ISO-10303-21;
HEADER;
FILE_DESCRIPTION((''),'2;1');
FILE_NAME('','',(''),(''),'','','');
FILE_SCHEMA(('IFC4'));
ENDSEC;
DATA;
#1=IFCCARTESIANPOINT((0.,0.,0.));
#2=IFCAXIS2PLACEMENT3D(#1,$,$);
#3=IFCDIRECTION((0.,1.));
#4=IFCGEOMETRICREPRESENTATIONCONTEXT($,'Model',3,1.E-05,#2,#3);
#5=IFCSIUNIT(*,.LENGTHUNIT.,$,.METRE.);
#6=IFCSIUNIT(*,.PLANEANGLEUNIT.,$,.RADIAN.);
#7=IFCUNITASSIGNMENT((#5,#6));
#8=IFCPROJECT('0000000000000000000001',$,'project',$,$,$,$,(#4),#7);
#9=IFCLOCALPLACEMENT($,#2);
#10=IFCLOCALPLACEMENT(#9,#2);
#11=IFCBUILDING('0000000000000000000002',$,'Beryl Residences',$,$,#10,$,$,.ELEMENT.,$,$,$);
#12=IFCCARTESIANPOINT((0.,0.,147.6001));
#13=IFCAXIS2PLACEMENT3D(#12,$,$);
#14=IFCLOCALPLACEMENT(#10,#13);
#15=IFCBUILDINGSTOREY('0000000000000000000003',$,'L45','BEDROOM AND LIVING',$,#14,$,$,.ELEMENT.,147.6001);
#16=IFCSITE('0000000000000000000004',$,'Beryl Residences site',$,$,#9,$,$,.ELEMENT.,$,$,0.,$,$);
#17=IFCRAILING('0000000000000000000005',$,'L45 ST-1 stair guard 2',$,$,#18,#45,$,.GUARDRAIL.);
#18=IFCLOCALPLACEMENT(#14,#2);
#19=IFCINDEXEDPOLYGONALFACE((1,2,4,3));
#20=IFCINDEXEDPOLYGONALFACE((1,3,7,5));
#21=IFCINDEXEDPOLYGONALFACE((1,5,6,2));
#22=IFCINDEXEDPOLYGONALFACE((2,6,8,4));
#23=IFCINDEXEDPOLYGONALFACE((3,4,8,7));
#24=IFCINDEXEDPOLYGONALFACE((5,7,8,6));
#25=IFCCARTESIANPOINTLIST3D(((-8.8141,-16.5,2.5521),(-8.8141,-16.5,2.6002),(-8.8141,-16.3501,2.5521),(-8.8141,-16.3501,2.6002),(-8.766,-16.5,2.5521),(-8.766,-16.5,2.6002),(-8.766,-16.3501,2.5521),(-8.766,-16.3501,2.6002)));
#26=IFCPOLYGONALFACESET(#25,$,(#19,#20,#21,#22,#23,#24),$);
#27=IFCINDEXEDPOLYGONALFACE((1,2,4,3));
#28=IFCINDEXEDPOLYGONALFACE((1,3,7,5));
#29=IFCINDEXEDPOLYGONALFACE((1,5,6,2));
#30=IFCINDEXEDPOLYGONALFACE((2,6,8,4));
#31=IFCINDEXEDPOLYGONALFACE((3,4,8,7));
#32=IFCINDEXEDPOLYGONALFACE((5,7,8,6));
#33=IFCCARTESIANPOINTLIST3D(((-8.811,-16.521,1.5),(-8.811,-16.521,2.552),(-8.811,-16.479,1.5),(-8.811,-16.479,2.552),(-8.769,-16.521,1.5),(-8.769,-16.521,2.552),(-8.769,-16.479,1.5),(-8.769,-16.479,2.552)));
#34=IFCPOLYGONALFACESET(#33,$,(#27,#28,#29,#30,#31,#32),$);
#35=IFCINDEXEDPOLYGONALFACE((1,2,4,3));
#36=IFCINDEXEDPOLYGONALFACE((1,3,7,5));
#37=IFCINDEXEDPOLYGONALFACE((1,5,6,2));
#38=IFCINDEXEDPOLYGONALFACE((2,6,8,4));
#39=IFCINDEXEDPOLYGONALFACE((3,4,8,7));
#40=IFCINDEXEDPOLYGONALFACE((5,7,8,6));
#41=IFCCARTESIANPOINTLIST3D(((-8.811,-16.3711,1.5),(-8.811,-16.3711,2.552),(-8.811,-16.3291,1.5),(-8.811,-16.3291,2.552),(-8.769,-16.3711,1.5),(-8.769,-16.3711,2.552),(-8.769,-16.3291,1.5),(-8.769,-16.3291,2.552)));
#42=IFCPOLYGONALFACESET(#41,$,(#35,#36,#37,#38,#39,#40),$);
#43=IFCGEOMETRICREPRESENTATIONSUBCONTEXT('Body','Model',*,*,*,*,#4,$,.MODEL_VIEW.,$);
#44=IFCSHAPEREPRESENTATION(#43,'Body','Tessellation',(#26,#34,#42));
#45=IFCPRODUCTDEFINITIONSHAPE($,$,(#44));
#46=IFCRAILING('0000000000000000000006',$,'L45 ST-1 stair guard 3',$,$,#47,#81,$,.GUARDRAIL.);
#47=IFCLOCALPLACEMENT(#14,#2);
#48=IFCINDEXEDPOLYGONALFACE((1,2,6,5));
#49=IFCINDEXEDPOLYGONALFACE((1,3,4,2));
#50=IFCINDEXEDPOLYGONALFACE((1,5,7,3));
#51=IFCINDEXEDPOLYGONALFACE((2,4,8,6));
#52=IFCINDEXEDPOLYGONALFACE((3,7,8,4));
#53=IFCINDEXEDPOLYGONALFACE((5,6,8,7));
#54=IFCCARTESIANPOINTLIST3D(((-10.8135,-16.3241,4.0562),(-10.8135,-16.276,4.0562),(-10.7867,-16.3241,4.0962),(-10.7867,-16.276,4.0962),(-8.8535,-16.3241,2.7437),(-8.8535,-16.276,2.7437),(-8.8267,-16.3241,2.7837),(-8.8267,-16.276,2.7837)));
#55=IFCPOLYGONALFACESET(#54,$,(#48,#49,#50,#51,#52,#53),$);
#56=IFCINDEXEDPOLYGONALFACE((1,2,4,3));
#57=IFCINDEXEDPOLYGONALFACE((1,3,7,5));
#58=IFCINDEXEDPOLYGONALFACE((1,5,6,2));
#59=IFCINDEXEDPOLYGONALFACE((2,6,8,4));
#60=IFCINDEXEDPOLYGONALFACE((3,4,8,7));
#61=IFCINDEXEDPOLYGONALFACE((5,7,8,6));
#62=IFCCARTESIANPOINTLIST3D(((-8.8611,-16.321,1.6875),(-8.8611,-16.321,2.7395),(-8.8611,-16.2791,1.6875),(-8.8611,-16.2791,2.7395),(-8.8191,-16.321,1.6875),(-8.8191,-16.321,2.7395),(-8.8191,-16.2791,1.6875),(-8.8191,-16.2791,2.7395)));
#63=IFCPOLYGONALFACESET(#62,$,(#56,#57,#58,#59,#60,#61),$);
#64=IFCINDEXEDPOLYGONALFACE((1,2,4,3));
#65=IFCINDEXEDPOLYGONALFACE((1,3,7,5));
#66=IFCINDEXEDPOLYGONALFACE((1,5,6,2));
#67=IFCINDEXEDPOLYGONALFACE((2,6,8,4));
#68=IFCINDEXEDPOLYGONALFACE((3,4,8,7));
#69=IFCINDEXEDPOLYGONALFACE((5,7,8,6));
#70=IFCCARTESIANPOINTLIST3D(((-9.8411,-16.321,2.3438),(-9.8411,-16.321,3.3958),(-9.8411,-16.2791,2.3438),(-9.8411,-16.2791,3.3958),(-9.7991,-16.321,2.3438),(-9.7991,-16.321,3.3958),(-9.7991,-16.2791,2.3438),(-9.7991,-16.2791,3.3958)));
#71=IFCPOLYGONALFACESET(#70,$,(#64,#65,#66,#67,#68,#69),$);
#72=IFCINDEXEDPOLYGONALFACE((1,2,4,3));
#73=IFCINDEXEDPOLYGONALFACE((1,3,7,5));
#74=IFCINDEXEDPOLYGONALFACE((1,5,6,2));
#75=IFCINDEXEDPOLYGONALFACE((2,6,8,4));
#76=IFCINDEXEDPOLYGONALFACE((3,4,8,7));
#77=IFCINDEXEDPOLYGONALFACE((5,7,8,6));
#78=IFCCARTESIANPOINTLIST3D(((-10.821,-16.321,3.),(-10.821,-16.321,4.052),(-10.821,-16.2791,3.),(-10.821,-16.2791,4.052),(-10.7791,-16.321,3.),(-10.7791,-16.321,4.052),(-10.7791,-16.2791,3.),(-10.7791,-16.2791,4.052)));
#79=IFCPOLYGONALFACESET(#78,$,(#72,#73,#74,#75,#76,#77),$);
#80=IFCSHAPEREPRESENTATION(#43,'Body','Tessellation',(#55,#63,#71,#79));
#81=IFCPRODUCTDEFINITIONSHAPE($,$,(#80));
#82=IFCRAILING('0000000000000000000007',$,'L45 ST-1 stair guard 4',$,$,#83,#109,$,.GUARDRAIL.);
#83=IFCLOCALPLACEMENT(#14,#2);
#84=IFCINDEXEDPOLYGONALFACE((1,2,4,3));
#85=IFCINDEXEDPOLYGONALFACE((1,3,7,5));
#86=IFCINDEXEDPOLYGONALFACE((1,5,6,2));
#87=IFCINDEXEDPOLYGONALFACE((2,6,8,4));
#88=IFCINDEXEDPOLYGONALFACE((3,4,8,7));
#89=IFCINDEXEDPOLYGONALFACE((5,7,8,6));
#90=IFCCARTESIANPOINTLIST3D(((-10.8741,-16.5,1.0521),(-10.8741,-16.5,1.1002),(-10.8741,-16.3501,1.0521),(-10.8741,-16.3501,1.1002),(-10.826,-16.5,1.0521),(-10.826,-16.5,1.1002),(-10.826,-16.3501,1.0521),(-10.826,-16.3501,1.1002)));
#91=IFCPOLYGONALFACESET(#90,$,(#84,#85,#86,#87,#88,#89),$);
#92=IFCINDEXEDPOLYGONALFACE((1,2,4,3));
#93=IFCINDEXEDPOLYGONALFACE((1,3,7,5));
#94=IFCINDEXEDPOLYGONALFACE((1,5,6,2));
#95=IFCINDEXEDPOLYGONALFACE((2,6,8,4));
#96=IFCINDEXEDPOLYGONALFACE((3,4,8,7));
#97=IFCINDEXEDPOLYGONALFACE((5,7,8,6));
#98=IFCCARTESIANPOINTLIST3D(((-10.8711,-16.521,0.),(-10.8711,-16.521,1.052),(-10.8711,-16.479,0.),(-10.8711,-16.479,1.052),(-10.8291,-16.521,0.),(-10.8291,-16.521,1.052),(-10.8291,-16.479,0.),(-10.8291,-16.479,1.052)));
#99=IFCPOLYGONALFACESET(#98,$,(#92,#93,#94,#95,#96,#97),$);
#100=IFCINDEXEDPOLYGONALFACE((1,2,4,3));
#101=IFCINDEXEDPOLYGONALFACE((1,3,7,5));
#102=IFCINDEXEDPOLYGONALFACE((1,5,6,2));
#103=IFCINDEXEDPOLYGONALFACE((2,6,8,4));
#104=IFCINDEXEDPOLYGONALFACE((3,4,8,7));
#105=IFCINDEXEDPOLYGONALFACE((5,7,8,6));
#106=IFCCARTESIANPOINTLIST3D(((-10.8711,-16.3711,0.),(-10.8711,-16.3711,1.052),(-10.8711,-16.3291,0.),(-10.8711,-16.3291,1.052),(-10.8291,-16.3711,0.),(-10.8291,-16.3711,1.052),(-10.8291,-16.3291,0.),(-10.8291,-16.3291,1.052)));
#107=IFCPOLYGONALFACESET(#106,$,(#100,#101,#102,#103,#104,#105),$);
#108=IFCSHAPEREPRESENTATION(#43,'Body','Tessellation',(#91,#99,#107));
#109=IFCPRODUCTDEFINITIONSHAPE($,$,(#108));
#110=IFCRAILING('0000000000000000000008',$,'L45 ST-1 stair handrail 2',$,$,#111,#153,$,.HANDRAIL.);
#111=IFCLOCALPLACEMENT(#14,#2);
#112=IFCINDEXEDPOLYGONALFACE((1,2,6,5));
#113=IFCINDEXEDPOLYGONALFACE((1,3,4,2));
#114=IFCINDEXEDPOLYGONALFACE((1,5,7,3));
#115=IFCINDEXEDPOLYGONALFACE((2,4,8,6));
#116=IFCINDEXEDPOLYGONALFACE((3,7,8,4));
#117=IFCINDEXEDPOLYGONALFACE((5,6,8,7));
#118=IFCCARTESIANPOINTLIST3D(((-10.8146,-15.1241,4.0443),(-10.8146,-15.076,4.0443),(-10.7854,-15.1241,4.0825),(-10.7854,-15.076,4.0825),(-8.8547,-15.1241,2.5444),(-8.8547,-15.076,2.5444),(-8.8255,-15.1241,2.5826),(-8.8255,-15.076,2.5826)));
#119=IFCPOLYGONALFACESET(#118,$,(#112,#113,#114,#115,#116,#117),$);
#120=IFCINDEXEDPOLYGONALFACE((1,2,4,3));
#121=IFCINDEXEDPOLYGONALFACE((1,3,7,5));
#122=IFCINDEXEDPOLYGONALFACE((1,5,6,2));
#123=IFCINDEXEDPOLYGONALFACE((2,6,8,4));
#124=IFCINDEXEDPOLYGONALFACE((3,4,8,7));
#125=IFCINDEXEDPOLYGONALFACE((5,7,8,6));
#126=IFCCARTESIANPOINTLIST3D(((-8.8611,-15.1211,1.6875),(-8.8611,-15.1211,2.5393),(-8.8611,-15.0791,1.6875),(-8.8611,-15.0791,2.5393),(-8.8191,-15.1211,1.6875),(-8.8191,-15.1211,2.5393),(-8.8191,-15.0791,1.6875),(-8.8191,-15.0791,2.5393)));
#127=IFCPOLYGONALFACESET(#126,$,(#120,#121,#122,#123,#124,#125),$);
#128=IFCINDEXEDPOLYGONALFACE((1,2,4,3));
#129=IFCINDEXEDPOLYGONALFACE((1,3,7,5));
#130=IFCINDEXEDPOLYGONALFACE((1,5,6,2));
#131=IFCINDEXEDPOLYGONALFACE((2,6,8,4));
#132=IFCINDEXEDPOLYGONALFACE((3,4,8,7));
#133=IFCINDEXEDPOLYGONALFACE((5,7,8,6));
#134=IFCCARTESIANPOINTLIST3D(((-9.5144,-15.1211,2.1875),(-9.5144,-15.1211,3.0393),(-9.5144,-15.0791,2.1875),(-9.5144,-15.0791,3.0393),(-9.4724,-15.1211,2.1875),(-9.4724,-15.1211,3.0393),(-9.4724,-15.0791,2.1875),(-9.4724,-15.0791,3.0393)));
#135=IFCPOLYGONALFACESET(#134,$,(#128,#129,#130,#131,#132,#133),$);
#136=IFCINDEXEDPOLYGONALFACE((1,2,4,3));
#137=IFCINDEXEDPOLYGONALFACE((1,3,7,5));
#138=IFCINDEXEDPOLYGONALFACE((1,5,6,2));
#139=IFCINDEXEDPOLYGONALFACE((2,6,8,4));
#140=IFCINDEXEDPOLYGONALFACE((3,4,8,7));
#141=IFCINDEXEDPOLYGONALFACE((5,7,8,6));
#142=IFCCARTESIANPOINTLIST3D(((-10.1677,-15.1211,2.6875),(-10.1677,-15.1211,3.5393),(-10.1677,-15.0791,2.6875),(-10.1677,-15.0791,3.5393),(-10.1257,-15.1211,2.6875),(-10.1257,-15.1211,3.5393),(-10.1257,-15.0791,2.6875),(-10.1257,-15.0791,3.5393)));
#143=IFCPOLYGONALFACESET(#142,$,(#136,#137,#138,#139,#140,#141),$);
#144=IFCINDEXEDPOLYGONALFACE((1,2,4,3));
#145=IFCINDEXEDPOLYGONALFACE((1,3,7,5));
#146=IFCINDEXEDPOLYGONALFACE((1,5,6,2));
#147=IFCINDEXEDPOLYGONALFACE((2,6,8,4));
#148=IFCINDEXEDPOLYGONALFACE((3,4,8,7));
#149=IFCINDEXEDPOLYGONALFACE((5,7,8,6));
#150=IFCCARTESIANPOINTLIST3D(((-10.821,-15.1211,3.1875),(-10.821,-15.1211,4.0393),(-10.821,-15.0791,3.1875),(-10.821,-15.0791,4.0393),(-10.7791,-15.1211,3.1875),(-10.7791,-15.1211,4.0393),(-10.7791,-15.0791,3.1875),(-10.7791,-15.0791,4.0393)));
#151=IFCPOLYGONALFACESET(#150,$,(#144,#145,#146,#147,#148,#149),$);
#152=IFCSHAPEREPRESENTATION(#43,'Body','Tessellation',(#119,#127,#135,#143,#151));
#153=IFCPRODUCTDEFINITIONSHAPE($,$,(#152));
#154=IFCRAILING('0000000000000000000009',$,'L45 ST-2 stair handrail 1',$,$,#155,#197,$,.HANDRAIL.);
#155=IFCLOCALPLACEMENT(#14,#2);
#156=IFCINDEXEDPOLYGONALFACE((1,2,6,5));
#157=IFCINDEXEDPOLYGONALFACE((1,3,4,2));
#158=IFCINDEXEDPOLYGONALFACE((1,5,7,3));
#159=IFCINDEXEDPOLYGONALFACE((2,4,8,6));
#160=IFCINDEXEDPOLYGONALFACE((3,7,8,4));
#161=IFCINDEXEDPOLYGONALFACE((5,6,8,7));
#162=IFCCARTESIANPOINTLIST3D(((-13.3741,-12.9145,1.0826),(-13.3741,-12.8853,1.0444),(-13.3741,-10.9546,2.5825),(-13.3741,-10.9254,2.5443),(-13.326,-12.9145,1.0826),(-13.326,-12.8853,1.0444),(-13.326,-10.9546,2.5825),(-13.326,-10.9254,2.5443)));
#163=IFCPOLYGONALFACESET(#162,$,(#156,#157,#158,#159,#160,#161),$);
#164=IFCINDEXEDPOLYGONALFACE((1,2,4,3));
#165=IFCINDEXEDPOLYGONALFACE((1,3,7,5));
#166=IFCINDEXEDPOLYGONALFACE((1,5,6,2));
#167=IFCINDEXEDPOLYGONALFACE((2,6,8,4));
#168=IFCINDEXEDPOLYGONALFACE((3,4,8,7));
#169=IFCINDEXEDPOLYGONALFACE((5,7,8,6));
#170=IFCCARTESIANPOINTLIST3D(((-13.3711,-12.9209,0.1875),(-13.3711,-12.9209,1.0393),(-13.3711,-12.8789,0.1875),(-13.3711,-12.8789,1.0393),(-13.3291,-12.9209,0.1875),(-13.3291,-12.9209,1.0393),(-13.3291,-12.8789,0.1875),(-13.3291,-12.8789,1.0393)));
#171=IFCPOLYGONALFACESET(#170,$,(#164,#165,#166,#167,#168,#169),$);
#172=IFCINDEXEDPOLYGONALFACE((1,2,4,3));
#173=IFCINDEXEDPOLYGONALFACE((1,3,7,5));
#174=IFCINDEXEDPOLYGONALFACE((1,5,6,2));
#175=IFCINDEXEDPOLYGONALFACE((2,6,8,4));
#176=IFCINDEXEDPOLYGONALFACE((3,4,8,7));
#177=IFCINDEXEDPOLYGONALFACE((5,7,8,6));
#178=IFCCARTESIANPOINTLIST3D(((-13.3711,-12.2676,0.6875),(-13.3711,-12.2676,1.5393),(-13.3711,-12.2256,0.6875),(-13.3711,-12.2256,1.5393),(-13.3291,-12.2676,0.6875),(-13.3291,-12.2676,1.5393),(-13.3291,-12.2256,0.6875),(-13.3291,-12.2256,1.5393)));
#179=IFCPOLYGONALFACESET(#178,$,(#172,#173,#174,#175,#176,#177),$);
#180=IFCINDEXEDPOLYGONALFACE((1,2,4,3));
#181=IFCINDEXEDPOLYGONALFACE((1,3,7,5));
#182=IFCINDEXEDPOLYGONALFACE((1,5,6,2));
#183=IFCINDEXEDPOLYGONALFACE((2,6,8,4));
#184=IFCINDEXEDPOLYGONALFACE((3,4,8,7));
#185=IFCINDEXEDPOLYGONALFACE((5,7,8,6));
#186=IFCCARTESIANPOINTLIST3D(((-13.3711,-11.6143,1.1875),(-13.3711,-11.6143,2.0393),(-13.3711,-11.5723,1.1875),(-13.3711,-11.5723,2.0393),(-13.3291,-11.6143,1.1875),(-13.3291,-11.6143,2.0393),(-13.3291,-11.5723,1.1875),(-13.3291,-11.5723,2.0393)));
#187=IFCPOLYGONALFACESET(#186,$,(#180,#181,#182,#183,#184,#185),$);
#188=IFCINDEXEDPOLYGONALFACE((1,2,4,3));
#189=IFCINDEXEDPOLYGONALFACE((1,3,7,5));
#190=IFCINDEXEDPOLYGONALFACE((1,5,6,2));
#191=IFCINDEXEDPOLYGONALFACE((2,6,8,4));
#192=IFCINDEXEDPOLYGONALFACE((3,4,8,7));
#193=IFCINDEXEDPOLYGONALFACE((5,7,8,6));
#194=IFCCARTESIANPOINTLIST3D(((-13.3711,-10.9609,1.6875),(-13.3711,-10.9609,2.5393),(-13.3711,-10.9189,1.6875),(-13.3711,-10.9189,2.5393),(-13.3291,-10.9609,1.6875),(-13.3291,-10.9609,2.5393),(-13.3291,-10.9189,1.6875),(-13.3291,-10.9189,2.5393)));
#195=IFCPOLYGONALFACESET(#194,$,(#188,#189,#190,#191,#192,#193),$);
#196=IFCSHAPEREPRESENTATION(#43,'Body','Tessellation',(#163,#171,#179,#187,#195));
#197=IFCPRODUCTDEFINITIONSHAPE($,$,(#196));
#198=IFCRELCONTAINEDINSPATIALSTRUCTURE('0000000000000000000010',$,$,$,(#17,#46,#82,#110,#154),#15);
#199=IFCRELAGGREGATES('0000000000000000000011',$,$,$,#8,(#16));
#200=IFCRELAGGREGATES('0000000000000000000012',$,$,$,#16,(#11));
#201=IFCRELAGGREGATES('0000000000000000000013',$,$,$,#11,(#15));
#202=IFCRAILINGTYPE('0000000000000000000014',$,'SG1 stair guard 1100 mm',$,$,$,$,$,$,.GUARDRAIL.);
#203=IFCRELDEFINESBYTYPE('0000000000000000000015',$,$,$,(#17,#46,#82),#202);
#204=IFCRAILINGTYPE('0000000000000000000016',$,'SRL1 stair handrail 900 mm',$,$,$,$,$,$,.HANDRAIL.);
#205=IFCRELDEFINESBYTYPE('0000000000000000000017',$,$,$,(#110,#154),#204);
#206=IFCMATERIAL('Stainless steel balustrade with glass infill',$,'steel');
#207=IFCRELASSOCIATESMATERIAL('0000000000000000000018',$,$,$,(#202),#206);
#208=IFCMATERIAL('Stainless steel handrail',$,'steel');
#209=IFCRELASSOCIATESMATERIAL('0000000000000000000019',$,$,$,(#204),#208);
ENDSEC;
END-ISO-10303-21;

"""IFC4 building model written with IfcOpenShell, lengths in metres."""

from ifc_helpers import new_model, si_unit, direction, frame, origin, origin_2d, place, context, subcontext, project, spatial, rectangle, extrude, material, type_object, element, save


model = new_model("IFC4")

# Units and contexts
model_context = context("Model", 3, precision=1e-05, world=origin(), true_north=direction((0.0, 1.0)))
body_context = subcontext(model_context, "Body", "Model", "MODEL_VIEW")
ifc_project = project(units=[si_unit("LENGTHUNIT", "METRE"), si_unit("PLANEANGLEUNIT", "RADIAN")], contexts=[model_context])

# Site, building, storey
site_placement = place(None, origin())
site = spatial("IfcSite", under=ifc_project, at=site_placement, Name="Beryl Residences site", CompositionType="ELEMENT", RefElevation=0.0)
building_placement = place(site_placement, origin())
building = spatial("IfcBuilding", under=site, at=building_placement, Name="Beryl Residences", CompositionType="ELEMENT")
storey_placement = place(building_placement, frame((0.0, 0.0, 147.6001)))
storey = spatial("IfcBuildingStorey", under=building, at=storey_placement, Name="L45", Description="BEDROOM AND LIVING", CompositionType="ELEMENT", Elevation=147.6001)

# Railings
ifc_material_1 = material(Name="Stainless steel balustrade with glass infill", Category="steel")
railing_type_1 = type_object("IfcRailingType", Name="SG1 stair guard 1100 mm", PredefinedType="GUARDRAIL", material=ifc_material_1)
railing_1_placement = place(storey_placement, frame((-8.79, -16.5, 1.5)))
element("IfcRailing", 1, at=railing_1_placement, inside=storey, type_object=railing_type_1, Name="L45 ST-1 stair guard 2", PredefinedType="GUARDRAIL", context=body_context, shape_type="SweptSolid", body=[
    extrude(rectangle(XDim=0.0481, YDim=0.0481, at=origin_2d()), frame((0.0, 0.0, 1.0762), z_axis=(0.0, 1.0, 0.0), x_axis=(-1.0, 0.0, 0.0)), (0.0, 0.0, 1.0), 0.1499),
    extrude(rectangle(XDim=0.042, YDim=0.042, at=origin_2d()), origin(), (0.0, 0.0, 1.0), 1.052),
    extrude(rectangle(XDim=0.042, YDim=0.042, at=origin_2d()), frame((0.0, 0.1499, 0.0)), (0.0, 0.0, 1.0), 1.052),
])
railing_2_placement = place(storey_placement, frame((-8.8401, -16.3, 1.6875)))
element("IfcRailing", 2, at=railing_2_placement, inside=storey, type_object=railing_type_1, Name="L45 ST-1 stair guard 3", PredefinedType="GUARDRAIL", context=body_context, shape_type="SweptSolid", body=[
    extrude(rectangle(XDim=0.0481, YDim=0.0481, at=origin_2d()), frame((0.0, 0.0, 1.0762), z_axis=(-0.830902, 0.0, 0.556419), x_axis=(0.0, -1.0, 0.0)), (0.0, 0.0, 1.0), 2.3589),
    extrude(rectangle(XDim=0.042, YDim=0.042, at=origin_2d()), origin(), (0.0, 0.0, 1.0), 1.052),
    extrude(rectangle(XDim=0.042, YDim=0.042, at=origin_2d()), frame((-0.98, 0.0, 0.6562)), (0.0, 0.0, 1.0), 1.052),
    extrude(rectangle(XDim=0.042, YDim=0.042, at=origin_2d()), frame((-1.96, 0.0, 1.3125)), (0.0, 0.0, 1.0), 1.052),
])
railing_3_placement = place(storey_placement, frame((-10.8501, -16.5, 0.0)))
element("IfcRailing", 3, at=railing_3_placement, inside=storey, type_object=railing_type_1, Name="L45 ST-1 stair guard 4", PredefinedType="GUARDRAIL", context=body_context, shape_type="SweptSolid", body=[
    extrude(rectangle(XDim=0.0481, YDim=0.0481, at=origin_2d()), frame((0.0, 0.0, 1.0762), z_axis=(0.0, 1.0, 0.0), x_axis=(-1.0, 0.0, 0.0)), (0.0, 0.0, 1.0), 0.1499),
    extrude(rectangle(XDim=0.042, YDim=0.042, at=origin_2d()), origin(), (0.0, 0.0, 1.0), 1.052),
    extrude(rectangle(XDim=0.042, YDim=0.042, at=origin_2d()), frame((0.0, 0.1499, 0.0)), (0.0, 0.0, 1.0), 1.052),
])
ifc_material_2 = material(Name="Stainless steel handrail", Category="steel")
railing_type_2 = type_object("IfcRailingType", Name="SRL1 stair handrail 900 mm", PredefinedType="HANDRAIL", material=ifc_material_2)
railing_4_placement = place(storey_placement, frame((-8.8401, -15.1001, 1.6875)))
element("IfcRailing", 4, at=railing_4_placement, inside=storey, type_object=railing_type_2, Name="L45 ST-1 stair handrail 2", PredefinedType="HANDRAIL", context=body_context, shape_type="SweptSolid", body=[
    extrude(rectangle(XDim=0.0481, YDim=0.0481, at=origin_2d()), frame((0.0, 0.0, 0.876), z_axis=(-0.794122, 0.0, 0.607758), x_axis=(0.0, -1.0, 0.0)), (0.0, 0.0, 1.0), 2.468),
    extrude(rectangle(XDim=0.042, YDim=0.042, at=origin_2d()), origin(), (0.0, 0.0, 1.0), 0.8518),
    extrude(rectangle(XDim=0.042, YDim=0.042, at=origin_2d()), frame((-0.6533, 0.0, 0.5)), (0.0, 0.0, 1.0), 0.8518),
    extrude(rectangle(XDim=0.042, YDim=0.042, at=origin_2d()), frame((-1.3066, 0.0, 1.0)), (0.0, 0.0, 1.0), 0.8518),
    extrude(rectangle(XDim=0.042, YDim=0.042, at=origin_2d()), frame((-1.96, 0.0, 1.5)), (0.0, 0.0, 1.0), 0.8518),
])
railing_5_placement = place(storey_placement, frame((-13.3501, -12.8999, 0.1875)))
element("IfcRailing", 5, at=railing_5_placement, inside=storey, type_object=railing_type_2, Name="L45 ST-2 stair handrail 1", PredefinedType="HANDRAIL", context=body_context, shape_type="SweptSolid", body=[
    extrude(rectangle(XDim=0.0481, YDim=0.0481, at=origin_2d()), frame((0.0, 0.0, 0.876), z_axis=(0.0, 0.794122, 0.607758), x_axis=(-1.0, 0.0, 0.0)), (0.0, 0.0, 1.0), 2.468),
    extrude(rectangle(XDim=0.042, YDim=0.042, at=origin_2d()), origin(), (0.0, 0.0, 1.0), 0.8518),
    extrude(rectangle(XDim=0.042, YDim=0.042, at=origin_2d()), frame((0.0, 0.6533, 0.5)), (0.0, 0.0, 1.0), 0.8518),
    extrude(rectangle(XDim=0.042, YDim=0.042, at=origin_2d()), frame((0.0, 1.3066, 1.0)), (0.0, 0.0, 1.0), 0.8518),
    extrude(rectangle(XDim=0.042, YDim=0.042, at=origin_2d()), frame((0.0, 1.96, 1.5)), (0.0, 0.0, 1.0), 0.8518),
])

save(model, "model.ifc")
